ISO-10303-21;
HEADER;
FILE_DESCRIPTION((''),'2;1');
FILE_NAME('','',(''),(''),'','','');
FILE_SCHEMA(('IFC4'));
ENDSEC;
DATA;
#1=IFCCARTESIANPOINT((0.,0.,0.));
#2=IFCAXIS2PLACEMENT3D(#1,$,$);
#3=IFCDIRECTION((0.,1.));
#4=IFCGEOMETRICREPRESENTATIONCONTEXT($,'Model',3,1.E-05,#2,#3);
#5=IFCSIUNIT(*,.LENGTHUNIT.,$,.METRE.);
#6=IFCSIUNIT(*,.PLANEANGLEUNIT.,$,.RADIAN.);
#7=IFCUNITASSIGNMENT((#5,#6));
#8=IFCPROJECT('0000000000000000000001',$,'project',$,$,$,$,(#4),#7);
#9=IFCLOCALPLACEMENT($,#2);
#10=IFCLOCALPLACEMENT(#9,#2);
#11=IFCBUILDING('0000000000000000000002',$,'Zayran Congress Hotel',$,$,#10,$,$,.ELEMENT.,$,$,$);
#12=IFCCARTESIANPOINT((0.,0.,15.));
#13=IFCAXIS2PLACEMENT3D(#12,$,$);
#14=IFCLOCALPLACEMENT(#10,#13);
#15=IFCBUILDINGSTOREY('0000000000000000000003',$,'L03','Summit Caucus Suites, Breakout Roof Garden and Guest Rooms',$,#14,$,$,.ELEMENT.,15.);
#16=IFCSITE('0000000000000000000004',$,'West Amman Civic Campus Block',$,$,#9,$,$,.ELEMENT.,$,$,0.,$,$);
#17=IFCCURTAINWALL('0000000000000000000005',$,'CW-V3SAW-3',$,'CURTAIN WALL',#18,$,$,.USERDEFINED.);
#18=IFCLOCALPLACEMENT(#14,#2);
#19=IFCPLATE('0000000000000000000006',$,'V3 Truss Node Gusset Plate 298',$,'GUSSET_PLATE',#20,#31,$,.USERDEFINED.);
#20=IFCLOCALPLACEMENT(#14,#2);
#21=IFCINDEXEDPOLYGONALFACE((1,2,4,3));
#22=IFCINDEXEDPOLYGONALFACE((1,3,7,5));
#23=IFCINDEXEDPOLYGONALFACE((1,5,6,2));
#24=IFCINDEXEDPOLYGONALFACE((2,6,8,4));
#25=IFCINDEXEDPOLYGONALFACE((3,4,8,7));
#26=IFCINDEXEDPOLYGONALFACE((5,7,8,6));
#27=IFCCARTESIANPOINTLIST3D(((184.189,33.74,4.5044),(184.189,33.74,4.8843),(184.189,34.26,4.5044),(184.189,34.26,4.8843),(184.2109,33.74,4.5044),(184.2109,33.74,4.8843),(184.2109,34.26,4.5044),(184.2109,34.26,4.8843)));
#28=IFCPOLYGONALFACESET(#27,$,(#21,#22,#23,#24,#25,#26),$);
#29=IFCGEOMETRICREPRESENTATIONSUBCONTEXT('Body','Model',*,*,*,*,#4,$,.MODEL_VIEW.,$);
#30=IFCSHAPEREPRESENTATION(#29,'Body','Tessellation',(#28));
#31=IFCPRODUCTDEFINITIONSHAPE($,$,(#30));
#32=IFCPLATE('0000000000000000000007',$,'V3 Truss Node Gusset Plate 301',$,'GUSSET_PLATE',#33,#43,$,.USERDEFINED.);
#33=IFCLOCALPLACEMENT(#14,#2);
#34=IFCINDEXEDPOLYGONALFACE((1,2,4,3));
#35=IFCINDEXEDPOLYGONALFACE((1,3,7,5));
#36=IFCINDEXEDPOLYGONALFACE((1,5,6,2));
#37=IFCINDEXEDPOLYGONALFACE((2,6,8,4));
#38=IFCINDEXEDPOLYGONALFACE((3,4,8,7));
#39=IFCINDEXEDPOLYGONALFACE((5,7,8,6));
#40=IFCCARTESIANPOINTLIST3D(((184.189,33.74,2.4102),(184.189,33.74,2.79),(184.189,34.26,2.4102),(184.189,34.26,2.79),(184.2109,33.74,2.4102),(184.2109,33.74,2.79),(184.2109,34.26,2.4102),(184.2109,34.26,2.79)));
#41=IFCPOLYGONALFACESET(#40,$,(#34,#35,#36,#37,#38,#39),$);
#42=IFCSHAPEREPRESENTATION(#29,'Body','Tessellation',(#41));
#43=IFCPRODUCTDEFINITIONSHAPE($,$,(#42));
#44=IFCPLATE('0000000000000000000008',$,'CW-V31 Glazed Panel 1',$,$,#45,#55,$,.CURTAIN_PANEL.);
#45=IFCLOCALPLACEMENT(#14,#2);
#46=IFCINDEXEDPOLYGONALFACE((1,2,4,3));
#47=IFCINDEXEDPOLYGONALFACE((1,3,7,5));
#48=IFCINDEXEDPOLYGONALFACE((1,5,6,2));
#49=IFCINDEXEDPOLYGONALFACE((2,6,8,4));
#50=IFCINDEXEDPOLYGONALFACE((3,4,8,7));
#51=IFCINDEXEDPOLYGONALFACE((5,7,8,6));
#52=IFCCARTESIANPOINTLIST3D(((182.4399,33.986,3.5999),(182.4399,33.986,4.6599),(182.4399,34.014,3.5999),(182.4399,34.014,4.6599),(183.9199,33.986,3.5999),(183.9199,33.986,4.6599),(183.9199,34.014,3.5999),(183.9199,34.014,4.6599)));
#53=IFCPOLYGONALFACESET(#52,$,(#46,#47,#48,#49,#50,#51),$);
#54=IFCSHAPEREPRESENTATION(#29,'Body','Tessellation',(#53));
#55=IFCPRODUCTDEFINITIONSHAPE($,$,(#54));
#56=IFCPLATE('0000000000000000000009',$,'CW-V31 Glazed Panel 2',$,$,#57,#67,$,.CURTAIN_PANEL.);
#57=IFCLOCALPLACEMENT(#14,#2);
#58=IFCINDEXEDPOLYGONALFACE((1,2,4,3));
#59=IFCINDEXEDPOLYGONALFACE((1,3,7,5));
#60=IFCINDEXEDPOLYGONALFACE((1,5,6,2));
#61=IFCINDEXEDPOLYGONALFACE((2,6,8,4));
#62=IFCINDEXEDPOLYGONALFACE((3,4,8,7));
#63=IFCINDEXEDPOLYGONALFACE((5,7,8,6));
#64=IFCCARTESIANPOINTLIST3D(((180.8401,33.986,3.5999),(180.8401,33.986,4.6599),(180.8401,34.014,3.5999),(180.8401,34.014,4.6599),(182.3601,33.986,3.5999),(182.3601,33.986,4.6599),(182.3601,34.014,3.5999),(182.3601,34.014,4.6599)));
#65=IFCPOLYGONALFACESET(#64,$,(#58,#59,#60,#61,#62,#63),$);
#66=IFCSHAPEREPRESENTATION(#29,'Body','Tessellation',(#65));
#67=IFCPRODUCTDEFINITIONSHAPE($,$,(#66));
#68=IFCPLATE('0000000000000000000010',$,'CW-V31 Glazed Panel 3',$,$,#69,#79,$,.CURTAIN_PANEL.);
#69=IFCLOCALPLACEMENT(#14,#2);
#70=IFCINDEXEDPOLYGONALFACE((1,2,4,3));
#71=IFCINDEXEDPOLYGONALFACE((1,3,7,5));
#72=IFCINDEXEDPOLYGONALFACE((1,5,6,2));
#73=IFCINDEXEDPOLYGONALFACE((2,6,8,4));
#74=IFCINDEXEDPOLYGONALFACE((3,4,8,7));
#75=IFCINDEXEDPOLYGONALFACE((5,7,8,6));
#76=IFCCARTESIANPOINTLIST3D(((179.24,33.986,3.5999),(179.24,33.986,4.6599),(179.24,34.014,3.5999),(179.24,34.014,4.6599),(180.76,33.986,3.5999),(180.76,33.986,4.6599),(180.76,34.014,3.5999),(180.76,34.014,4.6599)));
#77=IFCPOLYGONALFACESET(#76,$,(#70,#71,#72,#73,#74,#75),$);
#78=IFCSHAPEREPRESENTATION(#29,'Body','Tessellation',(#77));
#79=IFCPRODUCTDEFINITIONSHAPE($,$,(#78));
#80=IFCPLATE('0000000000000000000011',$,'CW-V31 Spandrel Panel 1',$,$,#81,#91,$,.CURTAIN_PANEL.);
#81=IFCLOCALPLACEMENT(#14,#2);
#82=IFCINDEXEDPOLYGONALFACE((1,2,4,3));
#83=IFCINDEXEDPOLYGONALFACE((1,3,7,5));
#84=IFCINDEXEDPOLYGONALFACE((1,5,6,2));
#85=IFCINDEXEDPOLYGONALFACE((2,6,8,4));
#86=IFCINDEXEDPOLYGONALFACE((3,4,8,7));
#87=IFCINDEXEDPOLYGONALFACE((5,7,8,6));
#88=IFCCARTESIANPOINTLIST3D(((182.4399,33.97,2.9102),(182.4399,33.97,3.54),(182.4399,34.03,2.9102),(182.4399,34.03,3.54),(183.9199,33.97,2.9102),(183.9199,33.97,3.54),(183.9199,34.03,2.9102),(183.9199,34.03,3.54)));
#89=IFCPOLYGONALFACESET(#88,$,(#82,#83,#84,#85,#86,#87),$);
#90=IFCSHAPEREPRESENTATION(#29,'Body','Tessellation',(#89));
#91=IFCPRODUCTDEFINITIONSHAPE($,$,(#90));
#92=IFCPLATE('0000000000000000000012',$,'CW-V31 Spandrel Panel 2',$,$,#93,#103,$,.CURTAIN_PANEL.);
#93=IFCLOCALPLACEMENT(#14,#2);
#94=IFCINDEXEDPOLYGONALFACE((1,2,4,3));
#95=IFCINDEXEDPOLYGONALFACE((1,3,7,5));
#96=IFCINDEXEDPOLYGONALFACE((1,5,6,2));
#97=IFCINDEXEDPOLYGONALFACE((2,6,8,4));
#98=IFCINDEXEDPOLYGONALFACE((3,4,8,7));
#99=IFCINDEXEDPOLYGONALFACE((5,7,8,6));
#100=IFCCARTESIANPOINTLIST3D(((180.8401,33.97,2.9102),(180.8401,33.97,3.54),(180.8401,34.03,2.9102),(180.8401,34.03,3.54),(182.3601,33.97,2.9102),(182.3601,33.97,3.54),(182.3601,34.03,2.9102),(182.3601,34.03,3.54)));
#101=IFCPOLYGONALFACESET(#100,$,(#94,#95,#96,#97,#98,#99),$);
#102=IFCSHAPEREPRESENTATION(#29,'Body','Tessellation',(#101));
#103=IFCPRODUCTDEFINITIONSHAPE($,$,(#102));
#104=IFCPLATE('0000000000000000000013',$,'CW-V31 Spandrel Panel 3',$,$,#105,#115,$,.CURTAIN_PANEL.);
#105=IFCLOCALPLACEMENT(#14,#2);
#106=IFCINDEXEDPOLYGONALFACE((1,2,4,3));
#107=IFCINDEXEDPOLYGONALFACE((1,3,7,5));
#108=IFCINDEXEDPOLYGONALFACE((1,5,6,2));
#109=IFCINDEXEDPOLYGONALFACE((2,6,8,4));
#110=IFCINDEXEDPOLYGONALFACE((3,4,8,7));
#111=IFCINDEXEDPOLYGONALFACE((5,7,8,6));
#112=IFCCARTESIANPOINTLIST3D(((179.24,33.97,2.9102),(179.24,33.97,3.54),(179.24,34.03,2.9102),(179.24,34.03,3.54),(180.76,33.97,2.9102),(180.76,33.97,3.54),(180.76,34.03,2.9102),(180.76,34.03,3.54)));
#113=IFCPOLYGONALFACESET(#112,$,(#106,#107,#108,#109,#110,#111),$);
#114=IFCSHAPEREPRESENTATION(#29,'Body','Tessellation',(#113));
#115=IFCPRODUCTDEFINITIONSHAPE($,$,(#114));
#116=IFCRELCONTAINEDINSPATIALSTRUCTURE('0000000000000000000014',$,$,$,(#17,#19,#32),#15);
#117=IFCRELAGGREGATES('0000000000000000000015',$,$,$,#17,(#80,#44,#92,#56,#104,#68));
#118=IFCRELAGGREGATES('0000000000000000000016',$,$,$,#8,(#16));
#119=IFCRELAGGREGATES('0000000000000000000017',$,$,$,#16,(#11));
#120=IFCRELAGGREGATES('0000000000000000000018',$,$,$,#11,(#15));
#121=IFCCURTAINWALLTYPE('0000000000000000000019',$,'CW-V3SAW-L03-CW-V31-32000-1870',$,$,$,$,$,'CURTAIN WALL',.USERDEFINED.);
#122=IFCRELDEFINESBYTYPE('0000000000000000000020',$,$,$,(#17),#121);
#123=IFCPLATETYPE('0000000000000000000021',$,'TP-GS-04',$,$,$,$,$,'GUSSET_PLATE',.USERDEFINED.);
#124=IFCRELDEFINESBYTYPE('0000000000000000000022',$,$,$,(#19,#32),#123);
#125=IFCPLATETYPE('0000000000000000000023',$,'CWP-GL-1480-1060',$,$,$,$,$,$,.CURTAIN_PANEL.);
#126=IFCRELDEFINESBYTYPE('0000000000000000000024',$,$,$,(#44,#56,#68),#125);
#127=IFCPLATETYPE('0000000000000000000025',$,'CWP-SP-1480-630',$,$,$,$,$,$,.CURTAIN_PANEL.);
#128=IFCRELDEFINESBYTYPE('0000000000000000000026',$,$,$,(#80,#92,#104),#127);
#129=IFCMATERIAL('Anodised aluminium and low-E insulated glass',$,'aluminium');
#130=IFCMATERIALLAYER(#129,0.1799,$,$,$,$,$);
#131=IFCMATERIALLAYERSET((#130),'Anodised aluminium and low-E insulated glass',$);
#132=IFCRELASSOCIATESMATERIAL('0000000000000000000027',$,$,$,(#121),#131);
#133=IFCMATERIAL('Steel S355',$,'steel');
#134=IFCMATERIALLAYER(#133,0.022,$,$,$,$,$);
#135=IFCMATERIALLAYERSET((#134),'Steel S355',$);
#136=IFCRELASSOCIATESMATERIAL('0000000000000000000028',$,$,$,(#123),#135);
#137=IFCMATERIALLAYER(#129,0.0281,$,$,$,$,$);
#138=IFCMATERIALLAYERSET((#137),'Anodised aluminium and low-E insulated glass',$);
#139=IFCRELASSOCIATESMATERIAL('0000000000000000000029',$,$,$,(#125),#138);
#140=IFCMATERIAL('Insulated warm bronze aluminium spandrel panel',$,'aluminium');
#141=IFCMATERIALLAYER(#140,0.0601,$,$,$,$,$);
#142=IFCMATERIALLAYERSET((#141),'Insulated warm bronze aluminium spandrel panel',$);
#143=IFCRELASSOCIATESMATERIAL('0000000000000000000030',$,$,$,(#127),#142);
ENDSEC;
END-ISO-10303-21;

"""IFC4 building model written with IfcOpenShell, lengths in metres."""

from ifc_helpers import new_model, si_unit, direction, frame, origin, origin_2d, place, context, subcontext, project, spatial, rectangle, extrude, material, layer, layer_set, type_object, element, aggregate, save


model = new_model("IFC4")

# Units and contexts
model_context = context("Model", 3, precision=1e-05, world=origin(), true_north=direction((0.0, 1.0)))
body_context = subcontext(model_context, "Body", "Model", "MODEL_VIEW")
ifc_project = project(units=[si_unit("LENGTHUNIT", "METRE"), si_unit("PLANEANGLEUNIT", "RADIAN")], contexts=[model_context])

# Site, building, storey
site_placement = place(None, origin())
site = spatial("IfcSite", under=ifc_project, at=site_placement, Name="West Amman Civic Campus Block", CompositionType="ELEMENT", RefElevation=0.0)
building_placement = place(site_placement, origin())
building = spatial("IfcBuilding", under=site, at=building_placement, Name="Zayran Congress Hotel", CompositionType="ELEMENT")
storey_placement = place(building_placement, frame((0.0, 0.0, 15.0)))
storey = spatial("IfcBuildingStorey", under=building, at=storey_placement, Name="L03", Description="Summit Caucus Suites, Breakout Roof Garden and Guest Rooms", CompositionType="ELEMENT", Elevation=15.0)

# Shared definitions
ifc_material_1 = material(Name="Steel S355", Category="steel")

# Curtain wall
ifc_material_2 = material(Name="Anodised aluminium and low-E insulated glass", Category="aluminium")
ifc_layer_1 = layer(ifc_material_2, 0.1799)
ifc_layer_set_1 = layer_set([ifc_layer_1], Name="Anodised aluminium and low-E insulated glass")
curtain_wall_type = type_object("IfcCurtainWallType", Name="CW-V3SAW-L03-CW-V31-32000-1870", ElementType="CURTAIN WALL", PredefinedType="USERDEFINED", material=ifc_layer_set_1)
curtain_wall_placement = place(storey_placement, origin())
curtain_wall = element("IfcCurtainWall", 1, at=curtain_wall_placement, inside=storey, type_object=curtain_wall_type, Name="CW-V3SAW-3", ObjectType="CURTAIN WALL", PredefinedType="USERDEFINED")

# Plates
ifc_layer_2 = layer(ifc_material_1, 0.022)
ifc_layer_set_2 = layer_set([ifc_layer_2], Name="Steel S355")
plate_type_1 = type_object("IfcPlateType", Name="TP-GS-04", ElementType="GUSSET_PLATE", PredefinedType="USERDEFINED", material=ifc_layer_set_2)
for number, where, z_axis, x_axis, name in (
    (2, (184.2, 34.0, 4.5044), (0.0, 0.0, 1.0), (0.0, 1.0, 0.0), "V3 Truss Node Gusset Plate 298"),
    (3, (184.2, 34.0, 2.4102), (0.0, 0.0, 1.0), (0.0, 1.0, 0.0), "V3 Truss Node Gusset Plate 301"),
):
    element("IfcPlate", number, at=place(storey_placement, frame(where, z_axis=z_axis, x_axis=x_axis)), inside=storey, type_object=plate_type_1, Name=name, ObjectType="GUSSET_PLATE", PredefinedType="USERDEFINED", context=body_context, shape_type="SweptSolid", body=[
        extrude(rectangle(XDim=0.52, YDim=0.022, at=origin_2d()), origin(), (0.0, 0.0, 1.0), 0.3799),
    ])

# Plates
ifc_layer_3 = layer(ifc_material_2, 0.0281)
ifc_layer_set_3 = layer_set([ifc_layer_3], Name="Anodised aluminium and low-E insulated glass")
plate_type_2 = type_object("IfcPlateType", Name="CWP-GL-1480-1060", PredefinedType="CURTAIN_PANEL", material=ifc_layer_set_3)
plate_1_placement = place(storey_placement, frame((183.1799, 34.0, 3.5999), z_axis=(0.0, 0.0, 1.0), x_axis=(1.0, 0.0, 0.0)))
plate_1 = element("IfcPlate", 4, at=plate_1_placement, type_object=plate_type_2, Name="CW-V31 Glazed Panel 1", PredefinedType="CURTAIN_PANEL", context=body_context, shape_type="SweptSolid", body=[
    extrude(rectangle(XDim=1.48, YDim=0.0281, at=origin_2d()), origin(), (0.0, 0.0, 1.0), 1.0601),
])
plate_2_placement = place(storey_placement, frame((181.6001, 34.0, 3.5999), z_axis=(0.0, 0.0, 1.0), x_axis=(1.0, 0.0, 0.0)))
plate_2 = element("IfcPlate", 5, at=plate_2_placement, type_object=plate_type_2, Name="CW-V31 Glazed Panel 2", PredefinedType="CURTAIN_PANEL", context=body_context, shape_type="SweptSolid", body=[
    extrude(rectangle(XDim=1.52, YDim=0.0281, at=origin_2d()), origin(), (0.0, 0.0, 1.0), 1.0601),
])
plate_3_placement = place(storey_placement, frame((180.0, 34.0, 3.5999), z_axis=(0.0, 0.0, 1.0), x_axis=(1.0, 0.0, 0.0)))
plate_3 = element("IfcPlate", 6, at=plate_3_placement, type_object=plate_type_2, Name="CW-V31 Glazed Panel 3", PredefinedType="CURTAIN_PANEL", context=body_context, shape_type="SweptSolid", body=[
    extrude(rectangle(XDim=1.52, YDim=0.0281, at=origin_2d()), origin(), (0.0, 0.0, 1.0), 1.0601),
])
ifc_material_3 = material(Name="Insulated warm bronze aluminium spandrel panel", Category="aluminium")
ifc_layer_4 = layer(ifc_material_3, 0.0601)
ifc_layer_set_4 = layer_set([ifc_layer_4], Name="Insulated warm bronze aluminium spandrel panel")
plate_type_3 = type_object("IfcPlateType", Name="CWP-SP-1480-630", PredefinedType="CURTAIN_PANEL", material=ifc_layer_set_4)
plate_4_placement = place(storey_placement, frame((183.1799, 34.0, 2.9102), z_axis=(0.0, 0.0, 1.0), x_axis=(1.0, 0.0, 0.0)))
plate_4 = element("IfcPlate", 7, at=plate_4_placement, type_object=plate_type_3, Name="CW-V31 Spandrel Panel 1", PredefinedType="CURTAIN_PANEL", context=body_context, shape_type="SweptSolid", body=[
    extrude(rectangle(XDim=1.48, YDim=0.0601, at=origin_2d()), origin(), (0.0, 0.0, 1.0), 0.6299),
])
plate_5_placement = place(storey_placement, frame((181.6001, 34.0, 2.9102), z_axis=(0.0, 0.0, 1.0), x_axis=(1.0, 0.0, 0.0)))
plate_5 = element("IfcPlate", 8, at=plate_5_placement, type_object=plate_type_3, Name="CW-V31 Spandrel Panel 2", PredefinedType="CURTAIN_PANEL", context=body_context, shape_type="SweptSolid", body=[
    extrude(rectangle(XDim=1.52, YDim=0.0601, at=origin_2d()), origin(), (0.0, 0.0, 1.0), 0.6299),
])
plate_6_placement = place(storey_placement, frame((180.0, 34.0, 2.9102), z_axis=(0.0, 0.0, 1.0), x_axis=(1.0, 0.0, 0.0)))
plate_6 = element("IfcPlate", 9, at=plate_6_placement, type_object=plate_type_3, Name="CW-V31 Spandrel Panel 3", PredefinedType="CURTAIN_PANEL", context=body_context, shape_type="SweptSolid", body=[
    extrude(rectangle(XDim=1.52, YDim=0.0601, at=origin_2d()), origin(), (0.0, 0.0, 1.0), 0.6299),
])
aggregate(curtain_wall, [plate_4, plate_1, plate_5, plate_2, plate_6, plate_3])

save(model, "model.ifc")
